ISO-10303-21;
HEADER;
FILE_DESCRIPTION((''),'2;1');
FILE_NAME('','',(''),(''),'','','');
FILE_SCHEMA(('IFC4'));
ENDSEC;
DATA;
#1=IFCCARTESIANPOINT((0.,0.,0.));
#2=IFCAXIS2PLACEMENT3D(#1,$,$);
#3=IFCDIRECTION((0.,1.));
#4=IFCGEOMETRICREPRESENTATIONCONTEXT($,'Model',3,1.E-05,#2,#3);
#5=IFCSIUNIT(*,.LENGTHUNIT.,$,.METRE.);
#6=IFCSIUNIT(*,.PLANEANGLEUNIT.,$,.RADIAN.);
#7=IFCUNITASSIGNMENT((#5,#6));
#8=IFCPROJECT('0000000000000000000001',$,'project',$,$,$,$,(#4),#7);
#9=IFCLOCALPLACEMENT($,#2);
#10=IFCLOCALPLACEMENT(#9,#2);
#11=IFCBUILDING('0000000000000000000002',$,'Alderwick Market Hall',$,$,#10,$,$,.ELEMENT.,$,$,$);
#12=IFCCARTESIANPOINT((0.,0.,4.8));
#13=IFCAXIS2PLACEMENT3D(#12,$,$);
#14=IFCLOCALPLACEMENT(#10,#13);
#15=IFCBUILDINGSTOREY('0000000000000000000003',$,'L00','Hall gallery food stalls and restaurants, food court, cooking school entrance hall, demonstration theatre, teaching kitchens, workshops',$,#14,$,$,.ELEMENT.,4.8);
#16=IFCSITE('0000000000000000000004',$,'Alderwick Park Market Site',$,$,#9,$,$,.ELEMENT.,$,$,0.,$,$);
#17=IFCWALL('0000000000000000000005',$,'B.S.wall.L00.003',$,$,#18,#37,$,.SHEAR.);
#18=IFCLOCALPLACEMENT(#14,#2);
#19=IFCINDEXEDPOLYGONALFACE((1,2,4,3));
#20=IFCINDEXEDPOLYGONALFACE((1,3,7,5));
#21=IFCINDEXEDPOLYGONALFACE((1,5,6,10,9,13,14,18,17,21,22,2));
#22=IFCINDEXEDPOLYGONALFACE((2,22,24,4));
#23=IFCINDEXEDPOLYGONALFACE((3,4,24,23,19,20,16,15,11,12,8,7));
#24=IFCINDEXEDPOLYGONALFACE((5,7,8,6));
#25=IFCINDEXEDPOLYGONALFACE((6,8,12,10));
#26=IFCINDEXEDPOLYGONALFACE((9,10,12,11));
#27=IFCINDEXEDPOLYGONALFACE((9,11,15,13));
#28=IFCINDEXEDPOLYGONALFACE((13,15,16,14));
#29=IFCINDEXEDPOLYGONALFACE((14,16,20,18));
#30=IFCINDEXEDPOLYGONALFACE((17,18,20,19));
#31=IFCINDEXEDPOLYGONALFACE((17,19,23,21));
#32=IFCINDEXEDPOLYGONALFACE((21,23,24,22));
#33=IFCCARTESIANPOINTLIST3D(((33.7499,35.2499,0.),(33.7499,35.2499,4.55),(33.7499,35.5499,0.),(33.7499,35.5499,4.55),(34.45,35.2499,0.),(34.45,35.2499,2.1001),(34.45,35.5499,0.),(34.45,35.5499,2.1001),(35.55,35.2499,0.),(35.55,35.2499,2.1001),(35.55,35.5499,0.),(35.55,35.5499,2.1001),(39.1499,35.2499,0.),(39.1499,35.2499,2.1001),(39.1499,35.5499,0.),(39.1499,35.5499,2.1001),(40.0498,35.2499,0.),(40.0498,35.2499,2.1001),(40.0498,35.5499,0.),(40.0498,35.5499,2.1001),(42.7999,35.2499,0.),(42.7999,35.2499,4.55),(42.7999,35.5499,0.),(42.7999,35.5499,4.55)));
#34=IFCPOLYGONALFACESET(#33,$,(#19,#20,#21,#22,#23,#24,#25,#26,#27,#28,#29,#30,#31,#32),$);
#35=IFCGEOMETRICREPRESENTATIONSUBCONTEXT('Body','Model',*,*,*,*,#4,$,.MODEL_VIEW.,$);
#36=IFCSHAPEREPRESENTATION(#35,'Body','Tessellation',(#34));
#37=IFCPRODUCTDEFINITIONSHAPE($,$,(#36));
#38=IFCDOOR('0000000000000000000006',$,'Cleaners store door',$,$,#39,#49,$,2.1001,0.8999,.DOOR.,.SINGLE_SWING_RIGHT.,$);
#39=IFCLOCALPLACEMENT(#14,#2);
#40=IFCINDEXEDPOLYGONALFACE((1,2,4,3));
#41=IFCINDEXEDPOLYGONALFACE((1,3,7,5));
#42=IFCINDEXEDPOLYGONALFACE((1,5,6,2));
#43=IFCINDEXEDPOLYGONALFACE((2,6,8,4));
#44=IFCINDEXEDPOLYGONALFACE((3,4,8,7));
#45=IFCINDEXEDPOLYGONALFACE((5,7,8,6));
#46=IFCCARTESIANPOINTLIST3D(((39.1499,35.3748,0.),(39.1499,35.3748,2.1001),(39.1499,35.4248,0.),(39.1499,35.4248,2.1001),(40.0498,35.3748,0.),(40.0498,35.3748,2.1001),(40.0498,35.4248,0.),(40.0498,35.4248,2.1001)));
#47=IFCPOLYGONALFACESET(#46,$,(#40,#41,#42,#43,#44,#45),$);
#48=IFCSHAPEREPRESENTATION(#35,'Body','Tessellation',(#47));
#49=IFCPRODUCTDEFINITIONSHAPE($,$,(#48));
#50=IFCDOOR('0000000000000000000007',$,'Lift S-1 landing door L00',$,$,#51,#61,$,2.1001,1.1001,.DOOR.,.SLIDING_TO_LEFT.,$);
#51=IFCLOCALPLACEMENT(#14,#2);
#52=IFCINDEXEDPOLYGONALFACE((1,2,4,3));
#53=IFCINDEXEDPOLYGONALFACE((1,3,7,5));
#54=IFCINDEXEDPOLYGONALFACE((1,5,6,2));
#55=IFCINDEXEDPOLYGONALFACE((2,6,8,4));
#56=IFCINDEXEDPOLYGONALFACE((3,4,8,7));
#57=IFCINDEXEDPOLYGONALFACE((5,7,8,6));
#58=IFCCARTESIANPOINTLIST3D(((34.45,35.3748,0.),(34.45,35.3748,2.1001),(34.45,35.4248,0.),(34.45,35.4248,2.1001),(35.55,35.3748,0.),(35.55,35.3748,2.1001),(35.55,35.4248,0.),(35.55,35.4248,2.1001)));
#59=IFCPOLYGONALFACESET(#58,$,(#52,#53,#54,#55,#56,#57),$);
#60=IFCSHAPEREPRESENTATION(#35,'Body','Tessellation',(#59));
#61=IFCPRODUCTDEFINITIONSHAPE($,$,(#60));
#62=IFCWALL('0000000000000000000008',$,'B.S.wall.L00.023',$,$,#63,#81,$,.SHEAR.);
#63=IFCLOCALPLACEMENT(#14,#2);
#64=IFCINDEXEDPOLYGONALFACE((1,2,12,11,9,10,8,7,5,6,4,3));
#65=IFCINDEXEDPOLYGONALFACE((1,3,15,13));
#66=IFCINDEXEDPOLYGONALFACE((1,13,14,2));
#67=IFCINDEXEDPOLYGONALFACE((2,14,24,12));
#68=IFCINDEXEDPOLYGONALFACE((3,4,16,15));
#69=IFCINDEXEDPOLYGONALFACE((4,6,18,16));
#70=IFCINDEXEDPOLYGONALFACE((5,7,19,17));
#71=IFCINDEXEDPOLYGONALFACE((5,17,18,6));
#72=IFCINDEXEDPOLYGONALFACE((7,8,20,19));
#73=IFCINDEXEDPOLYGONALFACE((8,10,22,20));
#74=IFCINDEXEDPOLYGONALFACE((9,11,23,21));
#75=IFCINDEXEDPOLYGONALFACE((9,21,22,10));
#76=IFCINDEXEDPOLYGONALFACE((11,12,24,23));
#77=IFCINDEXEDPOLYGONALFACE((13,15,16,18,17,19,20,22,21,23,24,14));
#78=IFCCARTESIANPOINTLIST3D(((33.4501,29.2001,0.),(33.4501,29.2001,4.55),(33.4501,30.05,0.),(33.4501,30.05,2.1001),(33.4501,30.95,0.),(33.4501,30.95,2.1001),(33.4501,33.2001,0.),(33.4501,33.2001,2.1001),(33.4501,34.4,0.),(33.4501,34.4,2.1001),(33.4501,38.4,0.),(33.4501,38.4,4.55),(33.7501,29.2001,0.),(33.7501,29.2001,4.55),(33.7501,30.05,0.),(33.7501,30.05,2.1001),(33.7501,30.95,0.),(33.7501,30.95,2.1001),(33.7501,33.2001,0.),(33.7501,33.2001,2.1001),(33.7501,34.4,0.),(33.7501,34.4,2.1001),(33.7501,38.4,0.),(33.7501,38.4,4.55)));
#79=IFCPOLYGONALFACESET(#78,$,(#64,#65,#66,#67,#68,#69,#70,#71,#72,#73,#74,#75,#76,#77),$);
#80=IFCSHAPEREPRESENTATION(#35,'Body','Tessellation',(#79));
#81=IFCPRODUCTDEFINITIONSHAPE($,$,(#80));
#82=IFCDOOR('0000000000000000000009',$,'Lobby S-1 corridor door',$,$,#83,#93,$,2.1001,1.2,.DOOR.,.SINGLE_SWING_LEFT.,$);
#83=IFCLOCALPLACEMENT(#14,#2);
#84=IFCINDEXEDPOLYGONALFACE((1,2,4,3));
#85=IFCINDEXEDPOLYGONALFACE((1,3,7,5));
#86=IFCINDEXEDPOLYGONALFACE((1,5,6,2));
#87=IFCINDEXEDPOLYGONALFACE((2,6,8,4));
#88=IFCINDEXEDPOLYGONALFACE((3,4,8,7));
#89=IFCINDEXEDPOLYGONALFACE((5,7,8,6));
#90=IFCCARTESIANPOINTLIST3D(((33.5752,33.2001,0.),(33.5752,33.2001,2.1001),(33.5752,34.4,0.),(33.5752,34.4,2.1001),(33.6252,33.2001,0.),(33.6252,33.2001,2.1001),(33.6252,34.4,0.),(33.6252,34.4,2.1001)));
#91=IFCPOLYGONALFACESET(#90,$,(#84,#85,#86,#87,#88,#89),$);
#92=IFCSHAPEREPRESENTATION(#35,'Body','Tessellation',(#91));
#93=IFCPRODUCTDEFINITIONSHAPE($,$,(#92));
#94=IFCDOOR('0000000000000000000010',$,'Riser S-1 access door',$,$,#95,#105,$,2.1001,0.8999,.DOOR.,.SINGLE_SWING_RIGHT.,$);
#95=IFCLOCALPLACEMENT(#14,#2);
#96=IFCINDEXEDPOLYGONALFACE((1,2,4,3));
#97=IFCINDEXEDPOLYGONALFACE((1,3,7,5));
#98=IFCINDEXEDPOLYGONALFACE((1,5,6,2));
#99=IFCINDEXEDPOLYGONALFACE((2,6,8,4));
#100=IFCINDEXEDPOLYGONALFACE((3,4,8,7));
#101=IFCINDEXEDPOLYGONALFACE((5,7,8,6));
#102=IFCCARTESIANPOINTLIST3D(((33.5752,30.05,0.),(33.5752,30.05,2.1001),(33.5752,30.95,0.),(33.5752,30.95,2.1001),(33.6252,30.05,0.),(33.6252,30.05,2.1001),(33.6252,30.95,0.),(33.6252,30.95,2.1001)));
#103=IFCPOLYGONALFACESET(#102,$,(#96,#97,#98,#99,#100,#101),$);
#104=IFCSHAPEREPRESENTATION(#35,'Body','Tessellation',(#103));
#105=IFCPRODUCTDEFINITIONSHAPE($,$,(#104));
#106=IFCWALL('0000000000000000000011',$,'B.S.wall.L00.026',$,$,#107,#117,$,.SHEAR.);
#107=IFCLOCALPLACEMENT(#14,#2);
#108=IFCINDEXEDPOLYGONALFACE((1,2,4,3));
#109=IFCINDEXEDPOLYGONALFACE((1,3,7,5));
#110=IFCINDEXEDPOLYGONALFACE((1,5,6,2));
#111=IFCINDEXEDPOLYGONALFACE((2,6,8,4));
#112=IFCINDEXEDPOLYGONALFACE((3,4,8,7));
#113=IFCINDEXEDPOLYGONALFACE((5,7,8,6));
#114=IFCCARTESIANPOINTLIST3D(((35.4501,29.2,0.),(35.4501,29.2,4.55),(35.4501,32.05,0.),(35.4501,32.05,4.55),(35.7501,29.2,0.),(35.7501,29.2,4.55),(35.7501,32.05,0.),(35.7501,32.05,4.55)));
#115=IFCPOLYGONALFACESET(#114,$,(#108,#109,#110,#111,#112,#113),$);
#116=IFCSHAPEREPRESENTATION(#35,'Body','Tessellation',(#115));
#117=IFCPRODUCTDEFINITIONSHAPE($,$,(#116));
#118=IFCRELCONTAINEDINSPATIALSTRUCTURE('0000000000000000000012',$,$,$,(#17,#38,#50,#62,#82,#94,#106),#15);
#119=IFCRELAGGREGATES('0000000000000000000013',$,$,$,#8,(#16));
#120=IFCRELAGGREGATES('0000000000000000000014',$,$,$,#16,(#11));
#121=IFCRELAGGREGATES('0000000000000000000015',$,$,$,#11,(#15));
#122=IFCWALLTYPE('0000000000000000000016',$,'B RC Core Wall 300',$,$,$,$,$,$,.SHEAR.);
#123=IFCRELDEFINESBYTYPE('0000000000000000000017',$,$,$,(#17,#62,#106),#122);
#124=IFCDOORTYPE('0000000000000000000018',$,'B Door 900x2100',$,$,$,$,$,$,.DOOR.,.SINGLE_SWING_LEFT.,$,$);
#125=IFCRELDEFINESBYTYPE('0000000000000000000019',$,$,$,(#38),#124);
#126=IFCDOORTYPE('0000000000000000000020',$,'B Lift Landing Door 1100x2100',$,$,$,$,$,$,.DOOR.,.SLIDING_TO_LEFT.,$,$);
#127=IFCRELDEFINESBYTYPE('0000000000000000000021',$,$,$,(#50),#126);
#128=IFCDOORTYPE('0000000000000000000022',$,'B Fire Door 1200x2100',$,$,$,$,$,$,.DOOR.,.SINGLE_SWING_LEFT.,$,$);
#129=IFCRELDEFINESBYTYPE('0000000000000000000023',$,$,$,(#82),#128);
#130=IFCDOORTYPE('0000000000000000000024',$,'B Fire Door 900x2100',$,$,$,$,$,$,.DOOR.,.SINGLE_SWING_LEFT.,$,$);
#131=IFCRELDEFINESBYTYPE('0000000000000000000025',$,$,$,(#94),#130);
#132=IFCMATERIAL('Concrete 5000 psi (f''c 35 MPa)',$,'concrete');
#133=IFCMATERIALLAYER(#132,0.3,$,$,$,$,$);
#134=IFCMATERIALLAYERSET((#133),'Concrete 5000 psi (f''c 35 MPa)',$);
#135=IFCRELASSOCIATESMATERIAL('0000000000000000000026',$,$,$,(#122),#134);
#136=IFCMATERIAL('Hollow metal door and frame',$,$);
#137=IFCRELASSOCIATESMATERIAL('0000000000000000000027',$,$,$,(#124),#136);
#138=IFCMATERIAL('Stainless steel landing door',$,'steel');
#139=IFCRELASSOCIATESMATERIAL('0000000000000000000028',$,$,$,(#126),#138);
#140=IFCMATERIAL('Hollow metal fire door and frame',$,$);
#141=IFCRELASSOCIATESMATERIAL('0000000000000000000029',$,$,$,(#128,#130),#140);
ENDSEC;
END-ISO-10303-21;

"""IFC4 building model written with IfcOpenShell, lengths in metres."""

from ifc_helpers import new_model, si_unit, direction, frame, frame_2d, origin, place, context, subcontext, project, spatial, rectangle, extrude, material, layer, layer_set, type_object, element, fill, save


model = new_model("IFC4")

# Units and contexts
model_context = context("Model", 3, precision=1e-05, world=origin(), true_north=direction((0.0, 1.0)))
body_context = subcontext(model_context, "Body", "Model", "MODEL_VIEW")
ifc_project = project(units=[si_unit("LENGTHUNIT", "METRE"), si_unit("PLANEANGLEUNIT", "RADIAN")], contexts=[model_context])

# Site, building, storey
site_placement = place(None, origin())
site = spatial("IfcSite", under=ifc_project, at=site_placement, Name="Alderwick Park Market Site", CompositionType="ELEMENT", RefElevation=0.0)
building_placement = place(site_placement, origin())
building = spatial("IfcBuilding", under=site, at=building_placement, Name="Alderwick Market Hall", CompositionType="ELEMENT")
storey_placement = place(building_placement, frame((0.0, 0.0, 4.8)))
storey = spatial("IfcBuildingStorey", under=building, at=storey_placement, Name="L00", Description="Hall gallery food stalls and restaurants, food court, cooking school entrance hall, demonstration theatre, teaching kitchens, workshops", CompositionType="ELEMENT", Elevation=4.8)

# Shared definitions
ifc_material_1 = material(Name="Concrete 5000 psi (f'c 35 MPa)", Category="concrete")

# Shared definitions
ifc_material_2 = material(Name="Hollow metal door and frame")

# Shared definitions
ifc_layer_1 = layer(ifc_material_1, 0.3)
ifc_layer_set_1 = layer_set([ifc_layer_1], Name="Concrete 5000 psi (f'c 35 MPa)")
wall_type_1 = type_object("IfcWallType", Name="B RC Core Wall 300", PredefinedType="SHEAR", material=ifc_layer_set_1)
ifc_material_3 = material(Name="Hollow metal fire door and frame")

# Walls, openings, doors
wall_1_placement = place(storey_placement, frame((33.75, 35.3999, 0.0), z_axis=(0.0, 0.0, 1.0), x_axis=(1.0, 0.0, 0.0)))
wall_1 = element("IfcWall", 1, at=wall_1_placement, inside=storey, type_object=wall_type_1, Name="B.S.wall.L00.003", PredefinedType="SHEAR", context=body_context, shape_type="SweptSolid", body=[
    extrude(rectangle(XDim=9.05, YDim=0.3, at=frame_2d((4.5249, 0.0))), origin(), (0.0, 0.0, 1.0), 4.55),
])
opening_1_placement = place(wall_1_placement, frame((0.7, 0.0, 0.0)))
opening_1 = element("IfcOpeningElement", 2, at=opening_1_placement, cuts=wall_1, PredefinedType="OPENING", context=body_context, shape_type="SweptSolid", body=[
    extrude(rectangle(XDim=1.1001, YDim=2.1001, at=frame_2d((0.55, 1.05))), frame((0.0, 0.1599, 0.0), z_axis=(0.0, -1.0, 0.0), x_axis=(1.0, 0.0, 0.0)), (0.0, 0.0, 1.0), 0.3201),
])
opening_2_placement = place(wall_1_placement, frame((5.3999, 0.0, 0.0)))
opening_2 = element("IfcOpeningElement", 3, at=opening_2_placement, cuts=wall_1, PredefinedType="OPENING", context=body_context, shape_type="SweptSolid", body=[
    extrude(rectangle(XDim=0.8999, YDim=2.1001, at=frame_2d((0.45, 1.05))), frame((0.0, 0.1599, 0.0), z_axis=(0.0, -1.0, 0.0), x_axis=(1.0, 0.0, 0.0)), (0.0, 0.0, 1.0), 0.3201),
])
door_type_1 = type_object("IfcDoorType", Name="B Door 900x2100", OperationType="SINGLE_SWING_LEFT", PredefinedType="DOOR", material=ifc_material_2)
door_1_placement = place(opening_2_placement, origin())
door_1 = element("IfcDoor", 4, at=door_1_placement, inside=storey, type_object=door_type_1, Name="Cleaners store door", OperationType="SINGLE_SWING_RIGHT", OverallHeight=2.1001, OverallWidth=0.8999, PredefinedType="DOOR", context=body_context, shape_type="SweptSolid", body=[
    extrude(rectangle(XDim=0.8999, YDim=2.1001, at=frame_2d((0.45, 1.05))), frame((0.0, 0.0249, 0.0), z_axis=(0.0, -1.0, 0.0), x_axis=(1.0, 0.0, 0.0)), (0.0, 0.0, 1.0), 0.05),
])
fill(opening_2, door_1)
ifc_material_4 = material(Name="Stainless steel landing door", Category="steel")
door_type_2 = type_object("IfcDoorType", Name="B Lift Landing Door 1100x2100", OperationType="SLIDING_TO_LEFT", PredefinedType="DOOR", material=ifc_material_4)
door_2_placement = place(opening_1_placement, origin())
door_2 = element("IfcDoor", 5, at=door_2_placement, inside=storey, type_object=door_type_2, Name="Lift S-1 landing door L00", OperationType="SLIDING_TO_LEFT", OverallHeight=2.1001, OverallWidth=1.1001, PredefinedType="DOOR", context=body_context, shape_type="SweptSolid", body=[
    extrude(rectangle(XDim=1.1001, YDim=2.1001, at=frame_2d((0.55, 1.05))), frame((0.0, 0.0249, 0.0), z_axis=(0.0, -1.0, 0.0), x_axis=(1.0, 0.0, 0.0)), (0.0, 0.0, 1.0), 0.05),
])
fill(opening_1, door_2)
wall_2_placement = place(storey_placement, frame((33.6001, 29.2, 0.0), z_axis=(0.0, 0.0, 1.0), x_axis=(0.0, 1.0, 0.0)))
wall_2 = element("IfcWall", 6, at=wall_2_placement, inside=storey, type_object=wall_type_1, Name="B.S.wall.L00.023", PredefinedType="SHEAR", context=body_context, shape_type="SweptSolid", body=[
    extrude(rectangle(XDim=9.2, YDim=0.3, at=frame_2d((4.6001, 0.0))), origin(), (0.0, 0.0, 1.0), 4.55),
])
opening_3_placement = place(wall_2_placement, frame((4.0, 0.0, 0.0)))
opening_3 = element("IfcOpeningElement", 7, at=opening_3_placement, cuts=wall_2, PredefinedType="OPENING", context=body_context, shape_type="SweptSolid", body=[
    extrude(rectangle(XDim=1.2, YDim=2.1001, at=frame_2d((0.6001, 1.05))), frame((0.0, 0.1599, 0.0), z_axis=(0.0, -1.0, 0.0), x_axis=(1.0, 0.0, 0.0)), (0.0, 0.0, 1.0), 0.3201),
])
opening_4_placement = place(wall_2_placement, frame((0.8501, 0.0, 0.0)))
opening_4 = element("IfcOpeningElement", 8, at=opening_4_placement, cuts=wall_2, PredefinedType="OPENING", context=body_context, shape_type="SweptSolid", body=[
    extrude(rectangle(XDim=0.8999, YDim=2.1001, at=frame_2d((0.45, 1.05))), frame((0.0, 0.1599, 0.0), z_axis=(0.0, -1.0, 0.0), x_axis=(1.0, 0.0, 0.0)), (0.0, 0.0, 1.0), 0.3201),
])
door_type_3 = type_object("IfcDoorType", Name="B Fire Door 1200x2100", OperationType="SINGLE_SWING_LEFT", PredefinedType="DOOR", material=ifc_material_3)
door_3_placement = place(opening_3_placement, origin())
door_3 = element("IfcDoor", 9, at=door_3_placement, inside=storey, type_object=door_type_3, Name="Lobby S-1 corridor door", OperationType="SINGLE_SWING_LEFT", OverallHeight=2.1001, OverallWidth=1.2, PredefinedType="DOOR", context=body_context, shape_type="SweptSolid", body=[
    extrude(rectangle(XDim=1.2, YDim=2.1001, at=frame_2d((0.6001, 1.05))), frame((0.0, 0.0249, 0.0), z_axis=(0.0, -1.0, 0.0), x_axis=(1.0, 0.0, 0.0)), (0.0, 0.0, 1.0), 0.05),
])
fill(opening_3, door_3)
door_type_4 = type_object("IfcDoorType", Name="B Fire Door 900x2100", OperationType="SINGLE_SWING_LEFT", PredefinedType="DOOR", material=ifc_material_3)
door_4_placement = place(opening_4_placement, origin())
door_4 = element("IfcDoor", 10, at=door_4_placement, inside=storey, type_object=door_type_4, Name="Riser S-1 access door", OperationType="SINGLE_SWING_RIGHT", OverallHeight=2.1001, OverallWidth=0.8999, PredefinedType="DOOR", context=body_context, shape_type="SweptSolid", body=[
    extrude(rectangle(XDim=0.8999, YDim=2.1001, at=frame_2d((0.45, 1.05))), frame((0.0, 0.0249, 0.0), z_axis=(0.0, -1.0, 0.0), x_axis=(1.0, 0.0, 0.0)), (0.0, 0.0, 1.0), 0.05),
])
fill(opening_4, door_4)

# Wall
wall_3_placement = place(storey_placement, frame((35.6001, 29.2, 0.0), z_axis=(0.0, 0.0, 1.0), x_axis=(0.0, 1.0, 0.0)))
element("IfcWall", 11, at=wall_3_placement, inside=storey, type_object=wall_type_1, Name="B.S.wall.L00.026", PredefinedType="SHEAR", context=body_context, shape_type="SweptSolid", body=[
    extrude(rectangle(XDim=2.8501, YDim=0.3, at=frame_2d((1.425, 0.0))), origin(), (0.0, 0.0, 1.0), 4.55),
])

save(model, "model.ifc")
